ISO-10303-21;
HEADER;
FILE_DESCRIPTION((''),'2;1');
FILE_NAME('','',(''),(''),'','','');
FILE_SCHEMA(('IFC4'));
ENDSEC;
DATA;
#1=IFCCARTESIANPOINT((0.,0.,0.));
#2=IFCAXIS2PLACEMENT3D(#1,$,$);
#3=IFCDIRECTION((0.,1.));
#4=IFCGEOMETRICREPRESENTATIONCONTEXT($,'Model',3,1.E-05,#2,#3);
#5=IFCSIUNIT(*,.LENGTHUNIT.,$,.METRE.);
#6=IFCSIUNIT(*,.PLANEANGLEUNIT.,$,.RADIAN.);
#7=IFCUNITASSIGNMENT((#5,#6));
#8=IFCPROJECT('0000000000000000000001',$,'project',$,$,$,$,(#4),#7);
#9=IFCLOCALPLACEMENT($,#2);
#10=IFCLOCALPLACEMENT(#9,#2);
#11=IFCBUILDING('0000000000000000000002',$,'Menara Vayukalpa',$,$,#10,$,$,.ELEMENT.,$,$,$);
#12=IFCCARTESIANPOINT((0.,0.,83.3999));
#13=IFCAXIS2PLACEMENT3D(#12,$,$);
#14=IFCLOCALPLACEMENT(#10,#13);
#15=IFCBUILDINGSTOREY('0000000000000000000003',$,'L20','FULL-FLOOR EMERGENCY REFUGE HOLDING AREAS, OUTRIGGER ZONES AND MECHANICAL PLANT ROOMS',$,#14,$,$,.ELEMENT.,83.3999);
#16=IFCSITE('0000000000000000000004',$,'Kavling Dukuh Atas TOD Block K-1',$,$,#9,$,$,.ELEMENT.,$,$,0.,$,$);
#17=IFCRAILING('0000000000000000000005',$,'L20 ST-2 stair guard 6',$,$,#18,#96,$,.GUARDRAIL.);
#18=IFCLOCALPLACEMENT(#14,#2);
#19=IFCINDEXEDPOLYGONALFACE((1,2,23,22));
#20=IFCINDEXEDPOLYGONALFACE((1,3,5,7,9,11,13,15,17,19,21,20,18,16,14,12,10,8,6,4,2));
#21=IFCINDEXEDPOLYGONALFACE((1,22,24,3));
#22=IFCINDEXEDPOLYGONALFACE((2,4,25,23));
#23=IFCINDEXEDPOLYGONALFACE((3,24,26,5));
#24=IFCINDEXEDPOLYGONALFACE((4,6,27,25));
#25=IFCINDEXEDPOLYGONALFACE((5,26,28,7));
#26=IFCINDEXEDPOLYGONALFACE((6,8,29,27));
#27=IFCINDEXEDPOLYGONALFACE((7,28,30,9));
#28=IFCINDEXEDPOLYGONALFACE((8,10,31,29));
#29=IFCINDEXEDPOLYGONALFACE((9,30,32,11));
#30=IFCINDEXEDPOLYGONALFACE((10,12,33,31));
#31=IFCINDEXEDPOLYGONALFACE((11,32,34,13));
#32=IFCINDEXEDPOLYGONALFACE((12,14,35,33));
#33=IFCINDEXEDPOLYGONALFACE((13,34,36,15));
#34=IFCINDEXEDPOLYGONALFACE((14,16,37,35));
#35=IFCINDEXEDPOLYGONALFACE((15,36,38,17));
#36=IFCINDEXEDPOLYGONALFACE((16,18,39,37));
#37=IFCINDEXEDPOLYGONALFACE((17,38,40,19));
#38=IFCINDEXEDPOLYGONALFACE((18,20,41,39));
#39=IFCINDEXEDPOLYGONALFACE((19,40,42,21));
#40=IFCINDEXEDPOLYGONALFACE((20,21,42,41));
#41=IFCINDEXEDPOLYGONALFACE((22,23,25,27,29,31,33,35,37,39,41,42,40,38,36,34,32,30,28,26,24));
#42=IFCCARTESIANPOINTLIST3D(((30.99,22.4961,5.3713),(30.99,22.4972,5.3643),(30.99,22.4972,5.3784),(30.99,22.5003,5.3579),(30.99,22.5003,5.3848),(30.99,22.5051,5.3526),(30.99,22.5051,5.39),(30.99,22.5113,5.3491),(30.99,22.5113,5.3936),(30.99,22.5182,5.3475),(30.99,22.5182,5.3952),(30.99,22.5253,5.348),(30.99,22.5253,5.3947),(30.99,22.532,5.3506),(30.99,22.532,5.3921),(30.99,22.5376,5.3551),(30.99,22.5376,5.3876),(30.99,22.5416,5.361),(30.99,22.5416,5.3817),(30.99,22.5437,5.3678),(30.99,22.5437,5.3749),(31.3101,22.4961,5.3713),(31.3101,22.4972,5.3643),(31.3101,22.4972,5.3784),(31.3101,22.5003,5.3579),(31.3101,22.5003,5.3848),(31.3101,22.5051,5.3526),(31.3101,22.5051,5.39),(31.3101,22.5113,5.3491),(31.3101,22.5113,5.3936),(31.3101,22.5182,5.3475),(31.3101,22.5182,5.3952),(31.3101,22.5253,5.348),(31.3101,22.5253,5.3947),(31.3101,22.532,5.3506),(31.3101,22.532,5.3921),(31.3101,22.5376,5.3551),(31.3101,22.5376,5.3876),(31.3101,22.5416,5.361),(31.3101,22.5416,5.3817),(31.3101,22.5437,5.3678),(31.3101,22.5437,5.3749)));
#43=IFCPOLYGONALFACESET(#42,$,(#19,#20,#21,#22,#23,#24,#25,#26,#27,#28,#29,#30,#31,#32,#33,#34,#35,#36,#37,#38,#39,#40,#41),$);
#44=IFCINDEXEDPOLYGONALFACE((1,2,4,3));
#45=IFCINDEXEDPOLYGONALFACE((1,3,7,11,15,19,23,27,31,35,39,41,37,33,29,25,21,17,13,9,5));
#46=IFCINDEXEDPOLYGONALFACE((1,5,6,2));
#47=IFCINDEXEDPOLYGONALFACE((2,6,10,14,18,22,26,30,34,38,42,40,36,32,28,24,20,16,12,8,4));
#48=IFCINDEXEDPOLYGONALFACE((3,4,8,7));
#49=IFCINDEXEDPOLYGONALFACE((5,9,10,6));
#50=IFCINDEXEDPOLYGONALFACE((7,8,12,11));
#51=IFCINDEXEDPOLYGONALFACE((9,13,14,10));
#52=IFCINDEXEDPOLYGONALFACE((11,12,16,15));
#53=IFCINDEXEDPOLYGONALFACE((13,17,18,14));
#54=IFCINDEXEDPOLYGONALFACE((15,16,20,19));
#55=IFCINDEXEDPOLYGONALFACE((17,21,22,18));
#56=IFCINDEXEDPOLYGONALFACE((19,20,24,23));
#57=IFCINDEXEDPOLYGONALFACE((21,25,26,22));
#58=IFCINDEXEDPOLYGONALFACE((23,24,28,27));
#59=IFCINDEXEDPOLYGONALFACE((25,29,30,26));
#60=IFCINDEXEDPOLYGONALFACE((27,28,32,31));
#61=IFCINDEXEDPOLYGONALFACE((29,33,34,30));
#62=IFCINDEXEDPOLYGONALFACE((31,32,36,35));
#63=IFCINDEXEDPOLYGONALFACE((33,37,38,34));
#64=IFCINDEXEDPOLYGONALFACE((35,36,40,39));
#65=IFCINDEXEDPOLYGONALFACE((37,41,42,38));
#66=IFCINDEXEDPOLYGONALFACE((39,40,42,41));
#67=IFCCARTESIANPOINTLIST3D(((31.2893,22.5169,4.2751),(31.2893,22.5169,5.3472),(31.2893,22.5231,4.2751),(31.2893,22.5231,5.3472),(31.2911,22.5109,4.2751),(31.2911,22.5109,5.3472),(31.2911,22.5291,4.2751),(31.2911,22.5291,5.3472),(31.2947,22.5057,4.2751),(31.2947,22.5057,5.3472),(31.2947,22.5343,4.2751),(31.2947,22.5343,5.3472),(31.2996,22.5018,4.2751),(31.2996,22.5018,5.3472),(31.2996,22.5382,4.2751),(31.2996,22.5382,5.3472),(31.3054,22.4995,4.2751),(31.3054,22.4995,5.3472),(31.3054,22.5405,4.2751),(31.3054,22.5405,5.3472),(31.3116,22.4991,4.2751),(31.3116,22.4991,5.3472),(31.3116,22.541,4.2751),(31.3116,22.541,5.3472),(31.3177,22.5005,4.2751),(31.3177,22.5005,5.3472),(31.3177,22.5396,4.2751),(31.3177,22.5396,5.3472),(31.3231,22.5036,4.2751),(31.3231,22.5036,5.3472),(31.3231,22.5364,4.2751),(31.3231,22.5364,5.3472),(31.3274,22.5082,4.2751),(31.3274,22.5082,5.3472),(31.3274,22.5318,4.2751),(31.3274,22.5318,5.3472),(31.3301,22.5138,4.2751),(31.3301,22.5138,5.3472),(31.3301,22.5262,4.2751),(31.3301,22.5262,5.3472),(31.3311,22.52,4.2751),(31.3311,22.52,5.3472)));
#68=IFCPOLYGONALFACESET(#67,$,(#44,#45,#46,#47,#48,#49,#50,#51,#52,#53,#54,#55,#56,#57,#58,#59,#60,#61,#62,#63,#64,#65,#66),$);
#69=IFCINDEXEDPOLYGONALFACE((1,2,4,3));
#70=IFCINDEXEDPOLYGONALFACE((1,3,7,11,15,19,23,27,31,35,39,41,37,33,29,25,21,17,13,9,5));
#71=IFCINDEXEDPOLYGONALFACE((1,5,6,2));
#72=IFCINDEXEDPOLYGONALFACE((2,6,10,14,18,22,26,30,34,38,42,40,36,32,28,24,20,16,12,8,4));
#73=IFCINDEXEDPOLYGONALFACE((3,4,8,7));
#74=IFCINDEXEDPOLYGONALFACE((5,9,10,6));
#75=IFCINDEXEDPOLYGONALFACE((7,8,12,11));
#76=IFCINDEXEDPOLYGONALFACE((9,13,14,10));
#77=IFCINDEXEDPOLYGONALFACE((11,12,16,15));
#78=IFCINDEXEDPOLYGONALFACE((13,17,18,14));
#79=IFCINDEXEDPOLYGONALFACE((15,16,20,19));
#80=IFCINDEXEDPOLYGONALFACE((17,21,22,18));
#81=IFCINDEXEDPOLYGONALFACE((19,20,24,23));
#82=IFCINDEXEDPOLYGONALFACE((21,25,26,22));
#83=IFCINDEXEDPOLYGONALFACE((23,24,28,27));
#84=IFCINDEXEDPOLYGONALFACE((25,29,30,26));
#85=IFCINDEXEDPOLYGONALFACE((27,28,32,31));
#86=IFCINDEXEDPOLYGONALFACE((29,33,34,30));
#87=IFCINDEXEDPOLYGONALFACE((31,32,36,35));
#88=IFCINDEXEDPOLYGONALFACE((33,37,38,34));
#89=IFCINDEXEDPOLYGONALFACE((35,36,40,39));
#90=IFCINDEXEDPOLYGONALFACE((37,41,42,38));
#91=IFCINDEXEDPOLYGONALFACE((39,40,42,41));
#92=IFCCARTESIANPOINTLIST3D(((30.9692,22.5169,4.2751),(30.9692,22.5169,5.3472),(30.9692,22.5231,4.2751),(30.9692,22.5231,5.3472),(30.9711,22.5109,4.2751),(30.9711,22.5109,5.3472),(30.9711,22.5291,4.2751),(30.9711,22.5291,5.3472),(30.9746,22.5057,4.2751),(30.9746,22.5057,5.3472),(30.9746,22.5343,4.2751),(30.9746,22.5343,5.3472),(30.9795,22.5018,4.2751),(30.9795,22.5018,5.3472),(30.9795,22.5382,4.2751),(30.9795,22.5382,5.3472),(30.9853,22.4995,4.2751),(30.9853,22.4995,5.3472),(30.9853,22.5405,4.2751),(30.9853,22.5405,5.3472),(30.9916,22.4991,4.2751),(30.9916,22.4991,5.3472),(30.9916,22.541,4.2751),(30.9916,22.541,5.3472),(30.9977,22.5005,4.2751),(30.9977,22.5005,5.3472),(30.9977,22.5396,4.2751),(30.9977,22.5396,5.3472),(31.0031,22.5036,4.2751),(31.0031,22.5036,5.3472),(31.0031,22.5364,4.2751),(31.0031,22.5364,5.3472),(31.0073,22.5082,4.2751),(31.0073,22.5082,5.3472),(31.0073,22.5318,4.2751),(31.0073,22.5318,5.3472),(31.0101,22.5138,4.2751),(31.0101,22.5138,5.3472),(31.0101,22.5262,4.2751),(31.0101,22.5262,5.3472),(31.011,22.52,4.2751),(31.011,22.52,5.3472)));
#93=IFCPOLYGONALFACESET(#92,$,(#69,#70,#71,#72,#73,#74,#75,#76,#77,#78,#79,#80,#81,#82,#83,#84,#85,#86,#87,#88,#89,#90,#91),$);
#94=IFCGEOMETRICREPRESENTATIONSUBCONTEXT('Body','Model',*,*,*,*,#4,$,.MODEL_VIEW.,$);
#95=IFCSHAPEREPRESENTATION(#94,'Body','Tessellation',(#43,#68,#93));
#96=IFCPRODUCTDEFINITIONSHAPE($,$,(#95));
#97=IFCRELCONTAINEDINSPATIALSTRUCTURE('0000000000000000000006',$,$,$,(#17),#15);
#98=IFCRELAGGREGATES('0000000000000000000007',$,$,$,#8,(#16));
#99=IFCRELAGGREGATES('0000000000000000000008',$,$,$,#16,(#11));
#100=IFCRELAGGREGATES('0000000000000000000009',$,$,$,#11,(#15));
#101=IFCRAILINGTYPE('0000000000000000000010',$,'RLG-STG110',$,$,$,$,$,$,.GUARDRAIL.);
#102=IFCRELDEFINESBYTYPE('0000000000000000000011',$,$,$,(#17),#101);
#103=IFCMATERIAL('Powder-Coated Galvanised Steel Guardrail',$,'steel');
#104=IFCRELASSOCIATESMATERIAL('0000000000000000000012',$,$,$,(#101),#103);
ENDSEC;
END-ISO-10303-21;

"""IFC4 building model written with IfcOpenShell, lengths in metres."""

from ifc_helpers import new_model, si_unit, direction, frame, origin, origin_2d, place, context, subcontext, project, spatial, circle, extrude, material, type_object, element, save


model = new_model("IFC4")

# Units and contexts
model_context = context("Model", 3, precision=1e-05, world=origin(), true_north=direction((0.0, 1.0)))
body_context = subcontext(model_context, "Body", "Model", "MODEL_VIEW")
ifc_project = project(units=[si_unit("LENGTHUNIT", "METRE"), si_unit("PLANEANGLEUNIT", "RADIAN")], contexts=[model_context])

# Site, building, storey
site_placement = place(None, origin())
site = spatial("IfcSite", under=ifc_project, at=site_placement, Name="Kavling Dukuh Atas TOD Block K-1", CompositionType="ELEMENT", RefElevation=0.0)
building_placement = place(site_placement, origin())
building = spatial("IfcBuilding", under=site, at=building_placement, Name="Menara Vayukalpa", CompositionType="ELEMENT")
storey_placement = place(building_placement, frame((0.0, 0.0, 83.3999)))
storey = spatial("IfcBuildingStorey", under=building, at=storey_placement, Name="L20", Description="FULL-FLOOR EMERGENCY REFUGE HOLDING AREAS, OUTRIGGER ZONES AND MECHANICAL PLANT ROOMS", CompositionType="ELEMENT", Elevation=83.3999)

# Railing
ifc_material_1 = material(Name="Powder-Coated Galvanised Steel Guardrail", Category="steel")
railing_type_1 = type_object("IfcRailingType", Name="RLG-STG110", PredefinedType="GUARDRAIL", material=ifc_material_1)
railing_1_placement = place(storey_placement, frame((31.3101, 22.52, 4.2751)))
element("IfcRailing", 1, at=railing_1_placement, inside=storey, type_object=railing_type_1, Name="L20 ST-2 stair guard 6", PredefinedType="GUARDRAIL", context=body_context, shape_type="SweptSolid", body=[
    extrude(circle(Radius=0.0239, at=origin_2d()), frame((0.0, 0.0, 1.0962), z_axis=(-1.0, 0.0, 0.0), x_axis=(0.0, -1.0, 0.0)), (0.0, 0.0, 1.0), 0.3201),
    extrude(circle(Radius=0.021, at=origin_2d()), origin(), (0.0, 0.0, 1.0), 1.072),
    extrude(circle(Radius=0.021, at=origin_2d()), frame((-0.3201, 0.0, 0.0)), (0.0, 0.0, 1.0), 1.072),
])

save(model, "model.ifc")
